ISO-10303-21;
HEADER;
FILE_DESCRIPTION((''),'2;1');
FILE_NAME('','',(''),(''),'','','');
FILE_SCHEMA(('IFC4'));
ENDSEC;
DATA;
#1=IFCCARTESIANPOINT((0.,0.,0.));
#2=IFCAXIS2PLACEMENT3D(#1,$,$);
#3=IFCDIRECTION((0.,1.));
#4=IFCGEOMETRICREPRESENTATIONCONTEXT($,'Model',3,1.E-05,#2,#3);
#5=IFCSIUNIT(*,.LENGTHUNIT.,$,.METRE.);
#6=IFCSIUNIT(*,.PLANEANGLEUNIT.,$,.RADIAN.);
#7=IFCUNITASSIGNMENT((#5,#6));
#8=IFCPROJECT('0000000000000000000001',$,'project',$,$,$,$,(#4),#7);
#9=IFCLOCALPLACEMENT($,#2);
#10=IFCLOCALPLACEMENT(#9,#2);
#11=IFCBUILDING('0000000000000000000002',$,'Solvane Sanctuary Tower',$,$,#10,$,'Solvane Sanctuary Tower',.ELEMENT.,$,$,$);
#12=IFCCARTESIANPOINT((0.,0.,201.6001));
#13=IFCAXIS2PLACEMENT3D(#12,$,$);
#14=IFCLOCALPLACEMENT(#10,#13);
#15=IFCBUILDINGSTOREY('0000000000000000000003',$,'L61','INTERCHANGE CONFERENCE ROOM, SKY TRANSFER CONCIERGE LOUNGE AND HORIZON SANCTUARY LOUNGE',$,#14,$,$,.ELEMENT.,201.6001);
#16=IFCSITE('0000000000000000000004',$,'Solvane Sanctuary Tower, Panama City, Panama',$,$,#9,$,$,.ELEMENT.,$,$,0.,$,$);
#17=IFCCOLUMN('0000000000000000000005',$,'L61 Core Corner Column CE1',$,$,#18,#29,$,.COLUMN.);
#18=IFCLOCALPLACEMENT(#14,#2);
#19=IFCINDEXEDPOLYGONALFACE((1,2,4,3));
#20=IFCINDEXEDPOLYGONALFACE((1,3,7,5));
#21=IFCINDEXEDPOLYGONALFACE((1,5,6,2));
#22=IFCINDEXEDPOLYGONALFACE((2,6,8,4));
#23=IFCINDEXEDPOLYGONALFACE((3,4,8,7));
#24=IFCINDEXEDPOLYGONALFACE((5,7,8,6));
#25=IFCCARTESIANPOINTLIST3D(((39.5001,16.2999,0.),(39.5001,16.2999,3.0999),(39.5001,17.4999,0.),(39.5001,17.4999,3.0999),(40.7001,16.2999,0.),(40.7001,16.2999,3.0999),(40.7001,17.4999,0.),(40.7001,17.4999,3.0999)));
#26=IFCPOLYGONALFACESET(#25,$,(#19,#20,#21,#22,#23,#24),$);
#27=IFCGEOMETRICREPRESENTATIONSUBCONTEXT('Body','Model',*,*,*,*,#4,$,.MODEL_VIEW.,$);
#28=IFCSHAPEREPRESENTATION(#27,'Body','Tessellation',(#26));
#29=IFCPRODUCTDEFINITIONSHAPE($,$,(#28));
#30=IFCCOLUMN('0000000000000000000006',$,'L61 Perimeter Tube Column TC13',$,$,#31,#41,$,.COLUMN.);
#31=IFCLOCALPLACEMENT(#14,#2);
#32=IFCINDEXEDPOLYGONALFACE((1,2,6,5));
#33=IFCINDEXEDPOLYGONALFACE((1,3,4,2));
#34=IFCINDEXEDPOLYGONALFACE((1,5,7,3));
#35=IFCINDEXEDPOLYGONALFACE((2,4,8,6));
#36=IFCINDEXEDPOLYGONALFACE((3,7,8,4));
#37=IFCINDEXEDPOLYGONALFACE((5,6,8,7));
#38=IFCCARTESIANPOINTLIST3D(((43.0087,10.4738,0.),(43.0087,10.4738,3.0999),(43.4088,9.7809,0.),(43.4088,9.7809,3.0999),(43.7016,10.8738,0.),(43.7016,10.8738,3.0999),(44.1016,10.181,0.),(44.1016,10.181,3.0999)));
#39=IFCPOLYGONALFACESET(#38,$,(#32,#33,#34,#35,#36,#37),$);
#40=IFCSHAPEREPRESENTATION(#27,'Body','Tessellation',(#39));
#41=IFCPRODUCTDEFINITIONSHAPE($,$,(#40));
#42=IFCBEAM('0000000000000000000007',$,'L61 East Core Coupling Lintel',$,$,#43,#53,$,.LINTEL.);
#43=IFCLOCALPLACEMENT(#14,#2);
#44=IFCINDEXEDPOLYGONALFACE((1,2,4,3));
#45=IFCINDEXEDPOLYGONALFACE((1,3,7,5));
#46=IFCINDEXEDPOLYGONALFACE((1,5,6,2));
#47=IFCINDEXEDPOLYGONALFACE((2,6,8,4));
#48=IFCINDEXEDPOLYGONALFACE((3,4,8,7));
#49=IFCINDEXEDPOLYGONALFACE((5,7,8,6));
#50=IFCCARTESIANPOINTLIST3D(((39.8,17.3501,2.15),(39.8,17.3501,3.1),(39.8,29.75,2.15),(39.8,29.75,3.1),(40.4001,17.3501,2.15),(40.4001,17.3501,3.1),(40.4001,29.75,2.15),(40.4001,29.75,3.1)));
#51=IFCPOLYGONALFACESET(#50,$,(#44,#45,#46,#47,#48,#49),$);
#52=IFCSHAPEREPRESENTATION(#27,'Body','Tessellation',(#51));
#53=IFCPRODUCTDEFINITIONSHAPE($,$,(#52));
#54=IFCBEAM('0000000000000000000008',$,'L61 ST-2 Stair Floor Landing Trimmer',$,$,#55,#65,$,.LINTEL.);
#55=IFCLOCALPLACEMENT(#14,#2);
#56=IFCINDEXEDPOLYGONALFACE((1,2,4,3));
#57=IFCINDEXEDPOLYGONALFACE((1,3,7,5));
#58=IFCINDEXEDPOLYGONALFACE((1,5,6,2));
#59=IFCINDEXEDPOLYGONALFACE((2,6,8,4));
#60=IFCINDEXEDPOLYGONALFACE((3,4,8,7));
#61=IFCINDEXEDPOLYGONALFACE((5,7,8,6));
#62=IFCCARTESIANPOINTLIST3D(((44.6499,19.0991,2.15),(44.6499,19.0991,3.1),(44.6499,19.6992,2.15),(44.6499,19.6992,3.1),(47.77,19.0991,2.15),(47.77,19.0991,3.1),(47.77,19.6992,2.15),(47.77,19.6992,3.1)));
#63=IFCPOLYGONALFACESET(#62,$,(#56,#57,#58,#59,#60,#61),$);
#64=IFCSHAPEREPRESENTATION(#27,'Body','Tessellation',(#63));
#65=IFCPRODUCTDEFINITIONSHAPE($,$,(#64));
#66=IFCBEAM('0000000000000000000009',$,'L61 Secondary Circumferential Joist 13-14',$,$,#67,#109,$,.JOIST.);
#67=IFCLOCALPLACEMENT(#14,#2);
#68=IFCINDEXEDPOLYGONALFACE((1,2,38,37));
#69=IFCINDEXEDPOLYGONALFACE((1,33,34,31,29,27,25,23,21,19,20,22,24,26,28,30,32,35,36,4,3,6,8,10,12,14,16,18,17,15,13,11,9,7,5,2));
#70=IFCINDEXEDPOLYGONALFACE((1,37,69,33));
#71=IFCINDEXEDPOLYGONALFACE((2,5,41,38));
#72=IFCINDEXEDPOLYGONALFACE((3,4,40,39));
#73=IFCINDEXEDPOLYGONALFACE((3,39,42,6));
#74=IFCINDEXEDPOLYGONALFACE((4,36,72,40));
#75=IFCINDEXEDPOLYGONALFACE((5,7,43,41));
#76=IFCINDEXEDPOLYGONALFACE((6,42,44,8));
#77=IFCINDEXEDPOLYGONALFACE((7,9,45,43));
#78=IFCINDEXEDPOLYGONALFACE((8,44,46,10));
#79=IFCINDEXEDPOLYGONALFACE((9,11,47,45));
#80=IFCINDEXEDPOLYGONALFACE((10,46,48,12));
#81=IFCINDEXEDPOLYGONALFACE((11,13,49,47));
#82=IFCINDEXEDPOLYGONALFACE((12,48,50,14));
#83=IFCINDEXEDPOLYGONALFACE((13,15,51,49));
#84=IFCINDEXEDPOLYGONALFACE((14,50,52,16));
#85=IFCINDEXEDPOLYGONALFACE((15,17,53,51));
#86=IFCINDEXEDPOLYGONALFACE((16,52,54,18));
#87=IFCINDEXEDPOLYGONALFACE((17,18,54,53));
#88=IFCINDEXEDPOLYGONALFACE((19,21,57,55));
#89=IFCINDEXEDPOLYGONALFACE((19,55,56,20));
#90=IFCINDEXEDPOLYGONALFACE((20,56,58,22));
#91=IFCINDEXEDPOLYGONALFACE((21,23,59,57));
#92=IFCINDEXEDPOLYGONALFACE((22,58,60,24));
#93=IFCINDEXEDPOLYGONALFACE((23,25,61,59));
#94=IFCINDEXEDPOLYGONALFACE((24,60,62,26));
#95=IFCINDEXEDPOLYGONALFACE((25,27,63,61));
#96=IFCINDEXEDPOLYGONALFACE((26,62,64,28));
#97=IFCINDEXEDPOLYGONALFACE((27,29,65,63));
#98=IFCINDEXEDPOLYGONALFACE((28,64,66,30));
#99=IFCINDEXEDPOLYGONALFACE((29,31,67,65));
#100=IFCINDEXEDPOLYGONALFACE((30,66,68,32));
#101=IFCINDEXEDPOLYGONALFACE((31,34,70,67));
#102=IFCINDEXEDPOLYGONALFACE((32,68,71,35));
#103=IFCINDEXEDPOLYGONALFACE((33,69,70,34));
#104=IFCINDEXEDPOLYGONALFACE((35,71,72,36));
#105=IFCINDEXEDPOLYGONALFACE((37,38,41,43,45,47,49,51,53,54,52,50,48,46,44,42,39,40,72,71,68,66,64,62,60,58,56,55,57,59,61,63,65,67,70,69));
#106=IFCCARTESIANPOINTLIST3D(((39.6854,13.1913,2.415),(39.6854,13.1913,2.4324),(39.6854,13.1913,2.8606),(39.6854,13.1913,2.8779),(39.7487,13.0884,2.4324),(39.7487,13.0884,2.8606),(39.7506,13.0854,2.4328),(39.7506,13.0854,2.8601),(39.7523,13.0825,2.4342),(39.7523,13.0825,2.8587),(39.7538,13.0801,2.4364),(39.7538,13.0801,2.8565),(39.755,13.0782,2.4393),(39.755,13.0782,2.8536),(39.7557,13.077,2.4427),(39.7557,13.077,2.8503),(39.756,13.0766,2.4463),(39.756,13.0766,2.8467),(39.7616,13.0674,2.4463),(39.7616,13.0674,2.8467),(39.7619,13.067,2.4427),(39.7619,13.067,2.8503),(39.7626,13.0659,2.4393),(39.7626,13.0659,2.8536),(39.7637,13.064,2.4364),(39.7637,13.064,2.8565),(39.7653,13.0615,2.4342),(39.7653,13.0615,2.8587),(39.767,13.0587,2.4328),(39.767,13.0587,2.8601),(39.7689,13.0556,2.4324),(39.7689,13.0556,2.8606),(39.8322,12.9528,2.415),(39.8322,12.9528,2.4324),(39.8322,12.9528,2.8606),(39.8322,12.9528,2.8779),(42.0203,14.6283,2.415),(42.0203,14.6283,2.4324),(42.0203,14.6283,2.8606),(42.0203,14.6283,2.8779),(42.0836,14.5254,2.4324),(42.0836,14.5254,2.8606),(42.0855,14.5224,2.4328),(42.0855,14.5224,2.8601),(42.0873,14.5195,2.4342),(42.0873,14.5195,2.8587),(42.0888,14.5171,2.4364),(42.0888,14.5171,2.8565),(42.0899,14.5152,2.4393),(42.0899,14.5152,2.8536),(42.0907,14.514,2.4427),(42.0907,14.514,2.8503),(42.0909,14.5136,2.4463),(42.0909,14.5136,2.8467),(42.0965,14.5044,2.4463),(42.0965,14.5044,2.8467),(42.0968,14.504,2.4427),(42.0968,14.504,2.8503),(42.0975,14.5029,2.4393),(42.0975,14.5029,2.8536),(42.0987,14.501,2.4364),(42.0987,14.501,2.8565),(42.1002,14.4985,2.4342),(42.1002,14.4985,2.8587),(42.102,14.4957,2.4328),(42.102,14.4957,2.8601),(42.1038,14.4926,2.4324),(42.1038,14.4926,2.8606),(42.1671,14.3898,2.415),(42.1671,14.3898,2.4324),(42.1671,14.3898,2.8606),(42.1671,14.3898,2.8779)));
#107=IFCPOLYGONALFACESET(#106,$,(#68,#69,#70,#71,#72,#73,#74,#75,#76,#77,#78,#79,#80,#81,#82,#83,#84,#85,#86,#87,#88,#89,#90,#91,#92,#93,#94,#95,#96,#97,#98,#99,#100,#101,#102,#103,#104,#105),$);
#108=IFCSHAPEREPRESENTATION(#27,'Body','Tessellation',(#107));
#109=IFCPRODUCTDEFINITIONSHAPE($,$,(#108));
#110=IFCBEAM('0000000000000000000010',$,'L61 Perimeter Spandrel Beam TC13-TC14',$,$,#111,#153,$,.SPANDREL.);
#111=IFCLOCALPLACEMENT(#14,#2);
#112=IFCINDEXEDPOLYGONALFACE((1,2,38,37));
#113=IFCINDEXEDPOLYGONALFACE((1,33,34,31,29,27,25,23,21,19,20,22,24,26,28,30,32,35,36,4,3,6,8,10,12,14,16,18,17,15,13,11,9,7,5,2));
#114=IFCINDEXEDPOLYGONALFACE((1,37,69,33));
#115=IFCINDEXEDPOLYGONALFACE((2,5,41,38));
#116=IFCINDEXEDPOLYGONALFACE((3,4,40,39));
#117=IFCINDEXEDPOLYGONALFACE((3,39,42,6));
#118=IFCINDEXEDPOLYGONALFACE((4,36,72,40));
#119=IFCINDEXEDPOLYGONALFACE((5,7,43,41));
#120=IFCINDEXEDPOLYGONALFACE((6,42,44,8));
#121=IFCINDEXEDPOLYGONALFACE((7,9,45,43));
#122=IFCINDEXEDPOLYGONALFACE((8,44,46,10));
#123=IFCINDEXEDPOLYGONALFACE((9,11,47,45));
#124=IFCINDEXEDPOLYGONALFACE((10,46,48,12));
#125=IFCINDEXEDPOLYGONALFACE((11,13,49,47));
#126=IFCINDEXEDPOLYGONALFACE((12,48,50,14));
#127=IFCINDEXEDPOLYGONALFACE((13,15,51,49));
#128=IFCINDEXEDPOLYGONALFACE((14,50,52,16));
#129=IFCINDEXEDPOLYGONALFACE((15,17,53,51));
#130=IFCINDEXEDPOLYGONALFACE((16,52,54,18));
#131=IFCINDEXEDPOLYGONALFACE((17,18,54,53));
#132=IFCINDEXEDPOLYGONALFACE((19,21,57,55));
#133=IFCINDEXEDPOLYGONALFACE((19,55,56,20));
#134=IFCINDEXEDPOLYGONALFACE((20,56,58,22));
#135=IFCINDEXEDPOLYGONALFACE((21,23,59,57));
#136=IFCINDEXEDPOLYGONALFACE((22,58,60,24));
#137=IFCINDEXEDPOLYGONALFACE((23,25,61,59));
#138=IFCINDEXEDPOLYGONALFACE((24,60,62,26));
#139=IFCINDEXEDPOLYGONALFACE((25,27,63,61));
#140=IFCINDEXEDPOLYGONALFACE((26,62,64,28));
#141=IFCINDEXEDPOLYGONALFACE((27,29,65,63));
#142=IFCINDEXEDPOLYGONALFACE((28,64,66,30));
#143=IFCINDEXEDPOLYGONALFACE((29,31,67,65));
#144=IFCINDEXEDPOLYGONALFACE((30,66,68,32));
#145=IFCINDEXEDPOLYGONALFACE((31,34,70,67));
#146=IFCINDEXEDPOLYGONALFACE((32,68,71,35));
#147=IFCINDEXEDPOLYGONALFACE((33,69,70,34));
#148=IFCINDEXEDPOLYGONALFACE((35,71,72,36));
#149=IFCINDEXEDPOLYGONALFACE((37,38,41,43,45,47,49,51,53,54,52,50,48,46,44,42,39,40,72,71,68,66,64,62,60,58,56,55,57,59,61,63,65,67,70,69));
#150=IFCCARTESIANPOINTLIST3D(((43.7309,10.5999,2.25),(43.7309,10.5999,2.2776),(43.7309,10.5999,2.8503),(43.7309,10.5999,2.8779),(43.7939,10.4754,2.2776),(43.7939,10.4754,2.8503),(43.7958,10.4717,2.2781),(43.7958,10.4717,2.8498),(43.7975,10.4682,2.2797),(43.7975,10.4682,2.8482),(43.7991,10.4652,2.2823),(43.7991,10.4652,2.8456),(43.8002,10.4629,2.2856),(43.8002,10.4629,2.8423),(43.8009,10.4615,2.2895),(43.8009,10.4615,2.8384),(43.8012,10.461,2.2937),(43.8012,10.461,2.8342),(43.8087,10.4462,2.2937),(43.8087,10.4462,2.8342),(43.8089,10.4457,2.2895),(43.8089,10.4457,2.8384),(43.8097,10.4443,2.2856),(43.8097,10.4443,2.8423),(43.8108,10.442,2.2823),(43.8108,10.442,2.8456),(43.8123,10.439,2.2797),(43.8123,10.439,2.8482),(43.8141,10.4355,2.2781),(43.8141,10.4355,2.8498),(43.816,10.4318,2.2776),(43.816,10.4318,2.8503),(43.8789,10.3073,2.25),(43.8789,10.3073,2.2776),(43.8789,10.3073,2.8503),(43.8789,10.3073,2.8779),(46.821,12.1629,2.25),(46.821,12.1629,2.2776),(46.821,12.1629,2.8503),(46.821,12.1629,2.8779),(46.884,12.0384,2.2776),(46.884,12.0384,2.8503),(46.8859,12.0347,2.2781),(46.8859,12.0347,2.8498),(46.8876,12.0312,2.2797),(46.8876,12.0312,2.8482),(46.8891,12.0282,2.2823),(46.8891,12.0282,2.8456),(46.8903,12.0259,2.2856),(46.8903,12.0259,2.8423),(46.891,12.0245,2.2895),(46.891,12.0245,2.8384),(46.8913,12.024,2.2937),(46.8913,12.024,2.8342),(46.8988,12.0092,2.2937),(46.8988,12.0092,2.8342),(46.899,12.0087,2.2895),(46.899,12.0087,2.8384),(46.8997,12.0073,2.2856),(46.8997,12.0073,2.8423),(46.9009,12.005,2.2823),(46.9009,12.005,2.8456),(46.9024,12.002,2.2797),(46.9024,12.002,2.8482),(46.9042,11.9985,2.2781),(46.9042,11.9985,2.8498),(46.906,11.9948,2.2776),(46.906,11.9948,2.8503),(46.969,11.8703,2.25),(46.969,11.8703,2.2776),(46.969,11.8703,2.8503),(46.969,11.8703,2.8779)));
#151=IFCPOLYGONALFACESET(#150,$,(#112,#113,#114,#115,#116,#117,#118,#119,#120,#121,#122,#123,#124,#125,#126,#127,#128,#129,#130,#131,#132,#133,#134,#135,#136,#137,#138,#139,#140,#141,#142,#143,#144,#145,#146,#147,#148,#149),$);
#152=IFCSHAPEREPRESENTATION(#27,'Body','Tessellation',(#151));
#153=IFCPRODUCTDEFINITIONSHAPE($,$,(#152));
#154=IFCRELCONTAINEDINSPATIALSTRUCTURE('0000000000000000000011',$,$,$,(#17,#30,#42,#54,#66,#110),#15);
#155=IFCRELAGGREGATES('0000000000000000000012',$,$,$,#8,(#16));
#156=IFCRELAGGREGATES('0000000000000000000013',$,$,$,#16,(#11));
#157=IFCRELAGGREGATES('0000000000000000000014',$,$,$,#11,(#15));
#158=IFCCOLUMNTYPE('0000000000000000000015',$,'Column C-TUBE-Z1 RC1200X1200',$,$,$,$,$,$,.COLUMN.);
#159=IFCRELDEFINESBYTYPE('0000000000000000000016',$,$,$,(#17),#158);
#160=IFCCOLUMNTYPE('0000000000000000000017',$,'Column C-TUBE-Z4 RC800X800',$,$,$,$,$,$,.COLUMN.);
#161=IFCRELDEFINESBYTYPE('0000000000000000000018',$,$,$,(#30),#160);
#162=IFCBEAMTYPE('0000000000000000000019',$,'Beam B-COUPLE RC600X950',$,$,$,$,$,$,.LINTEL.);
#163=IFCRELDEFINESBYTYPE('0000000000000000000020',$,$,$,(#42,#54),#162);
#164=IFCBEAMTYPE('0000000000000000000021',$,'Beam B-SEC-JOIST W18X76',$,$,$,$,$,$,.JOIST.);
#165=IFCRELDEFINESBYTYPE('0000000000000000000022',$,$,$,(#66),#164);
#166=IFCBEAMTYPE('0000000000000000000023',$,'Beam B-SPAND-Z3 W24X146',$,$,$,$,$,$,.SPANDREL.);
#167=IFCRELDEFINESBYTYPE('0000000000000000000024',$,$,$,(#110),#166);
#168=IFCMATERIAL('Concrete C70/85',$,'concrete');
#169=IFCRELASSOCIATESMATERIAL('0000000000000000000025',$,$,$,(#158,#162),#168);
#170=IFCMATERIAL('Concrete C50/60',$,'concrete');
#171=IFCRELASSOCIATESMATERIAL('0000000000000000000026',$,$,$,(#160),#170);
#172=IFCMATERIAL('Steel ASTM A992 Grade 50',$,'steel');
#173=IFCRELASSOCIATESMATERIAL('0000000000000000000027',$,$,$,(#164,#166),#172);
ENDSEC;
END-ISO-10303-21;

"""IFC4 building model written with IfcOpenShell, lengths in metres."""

from ifc_helpers import new_model, si_unit, direction, frame, origin, origin_2d, place, context, subcontext, project, spatial, rectangle, i_section, extrude, material, material_profile, profile_set, type_object, element, save


model = new_model("IFC4")

# Units and contexts
model_context = context("Model", 3, precision=1e-05, world=origin(), true_north=direction((0.0, 1.0)))
body_context = subcontext(model_context, "Body", "Model", "MODEL_VIEW")
ifc_project = project(units=[si_unit("LENGTHUNIT", "METRE"), si_unit("PLANEANGLEUNIT", "RADIAN")], contexts=[model_context])

# Site, building, storey
site_placement = place(None, origin())
site = spatial("IfcSite", under=ifc_project, at=site_placement, Name="Solvane Sanctuary Tower, Panama City, Panama", CompositionType="ELEMENT", RefElevation=0.0)
building_placement = place(site_placement, origin())
building = spatial("IfcBuilding", under=site, at=building_placement, Name="Solvane Sanctuary Tower", LongName="Solvane Sanctuary Tower", CompositionType="ELEMENT")
storey_placement = place(building_placement, frame((0.0, 0.0, 201.6001)))
storey = spatial("IfcBuildingStorey", under=building, at=storey_placement, Name="L61", Description="INTERCHANGE CONFERENCE ROOM, SKY TRANSFER CONCIERGE LOUNGE AND HORIZON SANCTUARY LOUNGE", CompositionType="ELEMENT", Elevation=201.6001)

# Columns
ifc_material_1 = material(Name="Concrete C70/85", Category="concrete")
ifc_material_profile_1 = material_profile(ifc_material_1, rectangle(XDim=1.2, YDim=1.2, at=origin_2d()), Name="RC1200X1200")
ifc_profile_set_1 = profile_set([ifc_material_profile_1], Name="Concrete C70/85")
column_type_1 = type_object("IfcColumnType", Name="Column C-TUBE-Z1 RC1200X1200", PredefinedType="COLUMN", material=ifc_profile_set_1)
column_1_placement = place(storey_placement, frame((40.1001, 16.8999, 0.0), z_axis=(0.0, 0.0, 1.0), x_axis=(1.0, 0.0, 0.0)))
element("IfcColumn", 1, at=column_1_placement, inside=storey, type_object=column_type_1, Name="L61 Core Corner Column CE1", PredefinedType="COLUMN", context=body_context, shape_type="SweptSolid", body=[
    extrude(rectangle(XDim=1.2, YDim=1.2, at=origin_2d()), origin(), (0.0, 0.0, 1.0), 3.0999),
])
ifc_material_2 = material(Name="Concrete C50/60", Category="concrete")
ifc_material_profile_2 = material_profile(ifc_material_2, rectangle(XDim=0.8, YDim=0.8, at=origin_2d()), Name="RC800X800")
ifc_profile_set_2 = profile_set([ifc_material_profile_2], Name="Concrete C50/60")
column_type_2 = type_object("IfcColumnType", Name="Column C-TUBE-Z4 RC800X800", PredefinedType="COLUMN", material=ifc_profile_set_2)
column_2_placement = place(storey_placement, frame((43.5552, 10.3274, 0.0), z_axis=(0.0, 0.0, 1.0), x_axis=(0.5, -0.866025, 0.0)))
element("IfcColumn", 2, at=column_2_placement, inside=storey, type_object=column_type_2, Name="L61 Perimeter Tube Column TC13", PredefinedType="COLUMN", context=body_context, shape_type="SweptSolid", body=[
    extrude(rectangle(XDim=0.8, YDim=0.8, at=origin_2d()), origin(), (0.0, 0.0, 1.0), 3.0999),
])

# Beams
ifc_material_profile_3 = material_profile(ifc_material_1, rectangle(XDim=0.6001, YDim=0.95, at=origin_2d()), Name="RC600X950")
ifc_profile_set_3 = profile_set([ifc_material_profile_3], Name="Concrete C70/85")
beam_type_1 = type_object("IfcBeamType", Name="Beam B-COUPLE RC600X950", PredefinedType="LINTEL", material=ifc_profile_set_3)
beam_1_placement = place(storey_placement, frame((40.1001, 17.3501, 2.625), z_axis=(0.0, 1.0, 0.0), x_axis=(-1.0, 0.0, 0.0)))
element("IfcBeam", 3, at=beam_1_placement, inside=storey, type_object=beam_type_1, Name="L61 East Core Coupling Lintel", PredefinedType="LINTEL", context=body_context, shape_type="SweptSolid", body=[
    extrude(rectangle(XDim=0.6001, YDim=0.95, at=origin_2d()), origin(), (0.0, 0.0, 1.0), 12.3999),
])
beam_2_placement = place(storey_placement, frame((44.6499, 19.3992, 2.625), z_axis=(1.0, 0.0, 0.0), x_axis=(0.0, 1.0, 0.0)))
element("IfcBeam", 4, at=beam_2_placement, inside=storey, type_object=beam_type_1, Name="L61 ST-2 Stair Floor Landing Trimmer", PredefinedType="LINTEL", context=body_context, shape_type="SweptSolid", body=[
    extrude(rectangle(XDim=0.6001, YDim=0.95, at=origin_2d()), origin(), (0.0, 0.0, 1.0), 3.1201),
])
ifc_material_3 = material(Name="Steel ASTM A992 Grade 50", Category="steel")
ifc_material_profile_4 = material_profile(ifc_material_3, i_section(OverallWidth=0.28, OverallDepth=0.4629, WebThickness=0.0107, FlangeThickness=0.0173, FilletRadius=0.0139, at=origin_2d()), Name="W18X76")
ifc_profile_set_4 = profile_set([ifc_material_profile_4], Name="Steel ASTM A992 Grade 50")
beam_type_2 = type_object("IfcBeamType", Name="Beam B-SEC-JOIST W18X76", PredefinedType="JOIST", material=ifc_profile_set_4)
beam_3_placement = place(storey_placement, frame((39.7588, 13.072, 2.6465), z_axis=(0.85164, 0.524127, 0.0), x_axis=(-0.524127, 0.85164, 0.0)))
element("IfcBeam", 5, at=beam_3_placement, inside=storey, type_object=beam_type_2, Name="L61 Secondary Circumferential Joist 13-14", PredefinedType="JOIST", context=body_context, shape_type="SweptSolid", body=[
    extrude(i_section(OverallWidth=0.28, OverallDepth=0.4629, WebThickness=0.0107, FlangeThickness=0.0173, FilletRadius=0.0139, at=origin_2d()), origin(), (0.0, 0.0, 1.0), 2.7417),
])
ifc_material_profile_5 = material_profile(ifc_material_3, i_section(OverallWidth=0.3279, OverallDepth=0.6279, WebThickness=0.0166, FlangeThickness=0.0276, FilletRadius=0.0161, at=origin_2d()), Name="W24X146")
ifc_profile_set_5 = profile_set([ifc_material_profile_5], Name="Steel ASTM A992 Grade 50")
beam_type_3 = type_object("IfcBeamType", Name="Beam B-SPAND-Z3 W24X146", PredefinedType="SPANDREL", material=ifc_profile_set_5)
beam_4_placement = place(storey_placement, frame((43.8049, 10.4536, 2.564), z_axis=(0.892345, 0.451354, 0.0), x_axis=(-0.451354, 0.892345, 0.0)))
element("IfcBeam", 6, at=beam_4_placement, inside=storey, type_object=beam_type_3, Name="L61 Perimeter Spandrel Beam TC13-TC14", PredefinedType="SPANDREL", context=body_context, shape_type="SweptSolid", body=[
    extrude(i_section(OverallWidth=0.3279, OverallDepth=0.6279, WebThickness=0.0166, FlangeThickness=0.0276, FilletRadius=0.0161, at=origin_2d()), origin(), (0.0, 0.0, 1.0), 3.4629),
])

save(model, "model.ifc")
